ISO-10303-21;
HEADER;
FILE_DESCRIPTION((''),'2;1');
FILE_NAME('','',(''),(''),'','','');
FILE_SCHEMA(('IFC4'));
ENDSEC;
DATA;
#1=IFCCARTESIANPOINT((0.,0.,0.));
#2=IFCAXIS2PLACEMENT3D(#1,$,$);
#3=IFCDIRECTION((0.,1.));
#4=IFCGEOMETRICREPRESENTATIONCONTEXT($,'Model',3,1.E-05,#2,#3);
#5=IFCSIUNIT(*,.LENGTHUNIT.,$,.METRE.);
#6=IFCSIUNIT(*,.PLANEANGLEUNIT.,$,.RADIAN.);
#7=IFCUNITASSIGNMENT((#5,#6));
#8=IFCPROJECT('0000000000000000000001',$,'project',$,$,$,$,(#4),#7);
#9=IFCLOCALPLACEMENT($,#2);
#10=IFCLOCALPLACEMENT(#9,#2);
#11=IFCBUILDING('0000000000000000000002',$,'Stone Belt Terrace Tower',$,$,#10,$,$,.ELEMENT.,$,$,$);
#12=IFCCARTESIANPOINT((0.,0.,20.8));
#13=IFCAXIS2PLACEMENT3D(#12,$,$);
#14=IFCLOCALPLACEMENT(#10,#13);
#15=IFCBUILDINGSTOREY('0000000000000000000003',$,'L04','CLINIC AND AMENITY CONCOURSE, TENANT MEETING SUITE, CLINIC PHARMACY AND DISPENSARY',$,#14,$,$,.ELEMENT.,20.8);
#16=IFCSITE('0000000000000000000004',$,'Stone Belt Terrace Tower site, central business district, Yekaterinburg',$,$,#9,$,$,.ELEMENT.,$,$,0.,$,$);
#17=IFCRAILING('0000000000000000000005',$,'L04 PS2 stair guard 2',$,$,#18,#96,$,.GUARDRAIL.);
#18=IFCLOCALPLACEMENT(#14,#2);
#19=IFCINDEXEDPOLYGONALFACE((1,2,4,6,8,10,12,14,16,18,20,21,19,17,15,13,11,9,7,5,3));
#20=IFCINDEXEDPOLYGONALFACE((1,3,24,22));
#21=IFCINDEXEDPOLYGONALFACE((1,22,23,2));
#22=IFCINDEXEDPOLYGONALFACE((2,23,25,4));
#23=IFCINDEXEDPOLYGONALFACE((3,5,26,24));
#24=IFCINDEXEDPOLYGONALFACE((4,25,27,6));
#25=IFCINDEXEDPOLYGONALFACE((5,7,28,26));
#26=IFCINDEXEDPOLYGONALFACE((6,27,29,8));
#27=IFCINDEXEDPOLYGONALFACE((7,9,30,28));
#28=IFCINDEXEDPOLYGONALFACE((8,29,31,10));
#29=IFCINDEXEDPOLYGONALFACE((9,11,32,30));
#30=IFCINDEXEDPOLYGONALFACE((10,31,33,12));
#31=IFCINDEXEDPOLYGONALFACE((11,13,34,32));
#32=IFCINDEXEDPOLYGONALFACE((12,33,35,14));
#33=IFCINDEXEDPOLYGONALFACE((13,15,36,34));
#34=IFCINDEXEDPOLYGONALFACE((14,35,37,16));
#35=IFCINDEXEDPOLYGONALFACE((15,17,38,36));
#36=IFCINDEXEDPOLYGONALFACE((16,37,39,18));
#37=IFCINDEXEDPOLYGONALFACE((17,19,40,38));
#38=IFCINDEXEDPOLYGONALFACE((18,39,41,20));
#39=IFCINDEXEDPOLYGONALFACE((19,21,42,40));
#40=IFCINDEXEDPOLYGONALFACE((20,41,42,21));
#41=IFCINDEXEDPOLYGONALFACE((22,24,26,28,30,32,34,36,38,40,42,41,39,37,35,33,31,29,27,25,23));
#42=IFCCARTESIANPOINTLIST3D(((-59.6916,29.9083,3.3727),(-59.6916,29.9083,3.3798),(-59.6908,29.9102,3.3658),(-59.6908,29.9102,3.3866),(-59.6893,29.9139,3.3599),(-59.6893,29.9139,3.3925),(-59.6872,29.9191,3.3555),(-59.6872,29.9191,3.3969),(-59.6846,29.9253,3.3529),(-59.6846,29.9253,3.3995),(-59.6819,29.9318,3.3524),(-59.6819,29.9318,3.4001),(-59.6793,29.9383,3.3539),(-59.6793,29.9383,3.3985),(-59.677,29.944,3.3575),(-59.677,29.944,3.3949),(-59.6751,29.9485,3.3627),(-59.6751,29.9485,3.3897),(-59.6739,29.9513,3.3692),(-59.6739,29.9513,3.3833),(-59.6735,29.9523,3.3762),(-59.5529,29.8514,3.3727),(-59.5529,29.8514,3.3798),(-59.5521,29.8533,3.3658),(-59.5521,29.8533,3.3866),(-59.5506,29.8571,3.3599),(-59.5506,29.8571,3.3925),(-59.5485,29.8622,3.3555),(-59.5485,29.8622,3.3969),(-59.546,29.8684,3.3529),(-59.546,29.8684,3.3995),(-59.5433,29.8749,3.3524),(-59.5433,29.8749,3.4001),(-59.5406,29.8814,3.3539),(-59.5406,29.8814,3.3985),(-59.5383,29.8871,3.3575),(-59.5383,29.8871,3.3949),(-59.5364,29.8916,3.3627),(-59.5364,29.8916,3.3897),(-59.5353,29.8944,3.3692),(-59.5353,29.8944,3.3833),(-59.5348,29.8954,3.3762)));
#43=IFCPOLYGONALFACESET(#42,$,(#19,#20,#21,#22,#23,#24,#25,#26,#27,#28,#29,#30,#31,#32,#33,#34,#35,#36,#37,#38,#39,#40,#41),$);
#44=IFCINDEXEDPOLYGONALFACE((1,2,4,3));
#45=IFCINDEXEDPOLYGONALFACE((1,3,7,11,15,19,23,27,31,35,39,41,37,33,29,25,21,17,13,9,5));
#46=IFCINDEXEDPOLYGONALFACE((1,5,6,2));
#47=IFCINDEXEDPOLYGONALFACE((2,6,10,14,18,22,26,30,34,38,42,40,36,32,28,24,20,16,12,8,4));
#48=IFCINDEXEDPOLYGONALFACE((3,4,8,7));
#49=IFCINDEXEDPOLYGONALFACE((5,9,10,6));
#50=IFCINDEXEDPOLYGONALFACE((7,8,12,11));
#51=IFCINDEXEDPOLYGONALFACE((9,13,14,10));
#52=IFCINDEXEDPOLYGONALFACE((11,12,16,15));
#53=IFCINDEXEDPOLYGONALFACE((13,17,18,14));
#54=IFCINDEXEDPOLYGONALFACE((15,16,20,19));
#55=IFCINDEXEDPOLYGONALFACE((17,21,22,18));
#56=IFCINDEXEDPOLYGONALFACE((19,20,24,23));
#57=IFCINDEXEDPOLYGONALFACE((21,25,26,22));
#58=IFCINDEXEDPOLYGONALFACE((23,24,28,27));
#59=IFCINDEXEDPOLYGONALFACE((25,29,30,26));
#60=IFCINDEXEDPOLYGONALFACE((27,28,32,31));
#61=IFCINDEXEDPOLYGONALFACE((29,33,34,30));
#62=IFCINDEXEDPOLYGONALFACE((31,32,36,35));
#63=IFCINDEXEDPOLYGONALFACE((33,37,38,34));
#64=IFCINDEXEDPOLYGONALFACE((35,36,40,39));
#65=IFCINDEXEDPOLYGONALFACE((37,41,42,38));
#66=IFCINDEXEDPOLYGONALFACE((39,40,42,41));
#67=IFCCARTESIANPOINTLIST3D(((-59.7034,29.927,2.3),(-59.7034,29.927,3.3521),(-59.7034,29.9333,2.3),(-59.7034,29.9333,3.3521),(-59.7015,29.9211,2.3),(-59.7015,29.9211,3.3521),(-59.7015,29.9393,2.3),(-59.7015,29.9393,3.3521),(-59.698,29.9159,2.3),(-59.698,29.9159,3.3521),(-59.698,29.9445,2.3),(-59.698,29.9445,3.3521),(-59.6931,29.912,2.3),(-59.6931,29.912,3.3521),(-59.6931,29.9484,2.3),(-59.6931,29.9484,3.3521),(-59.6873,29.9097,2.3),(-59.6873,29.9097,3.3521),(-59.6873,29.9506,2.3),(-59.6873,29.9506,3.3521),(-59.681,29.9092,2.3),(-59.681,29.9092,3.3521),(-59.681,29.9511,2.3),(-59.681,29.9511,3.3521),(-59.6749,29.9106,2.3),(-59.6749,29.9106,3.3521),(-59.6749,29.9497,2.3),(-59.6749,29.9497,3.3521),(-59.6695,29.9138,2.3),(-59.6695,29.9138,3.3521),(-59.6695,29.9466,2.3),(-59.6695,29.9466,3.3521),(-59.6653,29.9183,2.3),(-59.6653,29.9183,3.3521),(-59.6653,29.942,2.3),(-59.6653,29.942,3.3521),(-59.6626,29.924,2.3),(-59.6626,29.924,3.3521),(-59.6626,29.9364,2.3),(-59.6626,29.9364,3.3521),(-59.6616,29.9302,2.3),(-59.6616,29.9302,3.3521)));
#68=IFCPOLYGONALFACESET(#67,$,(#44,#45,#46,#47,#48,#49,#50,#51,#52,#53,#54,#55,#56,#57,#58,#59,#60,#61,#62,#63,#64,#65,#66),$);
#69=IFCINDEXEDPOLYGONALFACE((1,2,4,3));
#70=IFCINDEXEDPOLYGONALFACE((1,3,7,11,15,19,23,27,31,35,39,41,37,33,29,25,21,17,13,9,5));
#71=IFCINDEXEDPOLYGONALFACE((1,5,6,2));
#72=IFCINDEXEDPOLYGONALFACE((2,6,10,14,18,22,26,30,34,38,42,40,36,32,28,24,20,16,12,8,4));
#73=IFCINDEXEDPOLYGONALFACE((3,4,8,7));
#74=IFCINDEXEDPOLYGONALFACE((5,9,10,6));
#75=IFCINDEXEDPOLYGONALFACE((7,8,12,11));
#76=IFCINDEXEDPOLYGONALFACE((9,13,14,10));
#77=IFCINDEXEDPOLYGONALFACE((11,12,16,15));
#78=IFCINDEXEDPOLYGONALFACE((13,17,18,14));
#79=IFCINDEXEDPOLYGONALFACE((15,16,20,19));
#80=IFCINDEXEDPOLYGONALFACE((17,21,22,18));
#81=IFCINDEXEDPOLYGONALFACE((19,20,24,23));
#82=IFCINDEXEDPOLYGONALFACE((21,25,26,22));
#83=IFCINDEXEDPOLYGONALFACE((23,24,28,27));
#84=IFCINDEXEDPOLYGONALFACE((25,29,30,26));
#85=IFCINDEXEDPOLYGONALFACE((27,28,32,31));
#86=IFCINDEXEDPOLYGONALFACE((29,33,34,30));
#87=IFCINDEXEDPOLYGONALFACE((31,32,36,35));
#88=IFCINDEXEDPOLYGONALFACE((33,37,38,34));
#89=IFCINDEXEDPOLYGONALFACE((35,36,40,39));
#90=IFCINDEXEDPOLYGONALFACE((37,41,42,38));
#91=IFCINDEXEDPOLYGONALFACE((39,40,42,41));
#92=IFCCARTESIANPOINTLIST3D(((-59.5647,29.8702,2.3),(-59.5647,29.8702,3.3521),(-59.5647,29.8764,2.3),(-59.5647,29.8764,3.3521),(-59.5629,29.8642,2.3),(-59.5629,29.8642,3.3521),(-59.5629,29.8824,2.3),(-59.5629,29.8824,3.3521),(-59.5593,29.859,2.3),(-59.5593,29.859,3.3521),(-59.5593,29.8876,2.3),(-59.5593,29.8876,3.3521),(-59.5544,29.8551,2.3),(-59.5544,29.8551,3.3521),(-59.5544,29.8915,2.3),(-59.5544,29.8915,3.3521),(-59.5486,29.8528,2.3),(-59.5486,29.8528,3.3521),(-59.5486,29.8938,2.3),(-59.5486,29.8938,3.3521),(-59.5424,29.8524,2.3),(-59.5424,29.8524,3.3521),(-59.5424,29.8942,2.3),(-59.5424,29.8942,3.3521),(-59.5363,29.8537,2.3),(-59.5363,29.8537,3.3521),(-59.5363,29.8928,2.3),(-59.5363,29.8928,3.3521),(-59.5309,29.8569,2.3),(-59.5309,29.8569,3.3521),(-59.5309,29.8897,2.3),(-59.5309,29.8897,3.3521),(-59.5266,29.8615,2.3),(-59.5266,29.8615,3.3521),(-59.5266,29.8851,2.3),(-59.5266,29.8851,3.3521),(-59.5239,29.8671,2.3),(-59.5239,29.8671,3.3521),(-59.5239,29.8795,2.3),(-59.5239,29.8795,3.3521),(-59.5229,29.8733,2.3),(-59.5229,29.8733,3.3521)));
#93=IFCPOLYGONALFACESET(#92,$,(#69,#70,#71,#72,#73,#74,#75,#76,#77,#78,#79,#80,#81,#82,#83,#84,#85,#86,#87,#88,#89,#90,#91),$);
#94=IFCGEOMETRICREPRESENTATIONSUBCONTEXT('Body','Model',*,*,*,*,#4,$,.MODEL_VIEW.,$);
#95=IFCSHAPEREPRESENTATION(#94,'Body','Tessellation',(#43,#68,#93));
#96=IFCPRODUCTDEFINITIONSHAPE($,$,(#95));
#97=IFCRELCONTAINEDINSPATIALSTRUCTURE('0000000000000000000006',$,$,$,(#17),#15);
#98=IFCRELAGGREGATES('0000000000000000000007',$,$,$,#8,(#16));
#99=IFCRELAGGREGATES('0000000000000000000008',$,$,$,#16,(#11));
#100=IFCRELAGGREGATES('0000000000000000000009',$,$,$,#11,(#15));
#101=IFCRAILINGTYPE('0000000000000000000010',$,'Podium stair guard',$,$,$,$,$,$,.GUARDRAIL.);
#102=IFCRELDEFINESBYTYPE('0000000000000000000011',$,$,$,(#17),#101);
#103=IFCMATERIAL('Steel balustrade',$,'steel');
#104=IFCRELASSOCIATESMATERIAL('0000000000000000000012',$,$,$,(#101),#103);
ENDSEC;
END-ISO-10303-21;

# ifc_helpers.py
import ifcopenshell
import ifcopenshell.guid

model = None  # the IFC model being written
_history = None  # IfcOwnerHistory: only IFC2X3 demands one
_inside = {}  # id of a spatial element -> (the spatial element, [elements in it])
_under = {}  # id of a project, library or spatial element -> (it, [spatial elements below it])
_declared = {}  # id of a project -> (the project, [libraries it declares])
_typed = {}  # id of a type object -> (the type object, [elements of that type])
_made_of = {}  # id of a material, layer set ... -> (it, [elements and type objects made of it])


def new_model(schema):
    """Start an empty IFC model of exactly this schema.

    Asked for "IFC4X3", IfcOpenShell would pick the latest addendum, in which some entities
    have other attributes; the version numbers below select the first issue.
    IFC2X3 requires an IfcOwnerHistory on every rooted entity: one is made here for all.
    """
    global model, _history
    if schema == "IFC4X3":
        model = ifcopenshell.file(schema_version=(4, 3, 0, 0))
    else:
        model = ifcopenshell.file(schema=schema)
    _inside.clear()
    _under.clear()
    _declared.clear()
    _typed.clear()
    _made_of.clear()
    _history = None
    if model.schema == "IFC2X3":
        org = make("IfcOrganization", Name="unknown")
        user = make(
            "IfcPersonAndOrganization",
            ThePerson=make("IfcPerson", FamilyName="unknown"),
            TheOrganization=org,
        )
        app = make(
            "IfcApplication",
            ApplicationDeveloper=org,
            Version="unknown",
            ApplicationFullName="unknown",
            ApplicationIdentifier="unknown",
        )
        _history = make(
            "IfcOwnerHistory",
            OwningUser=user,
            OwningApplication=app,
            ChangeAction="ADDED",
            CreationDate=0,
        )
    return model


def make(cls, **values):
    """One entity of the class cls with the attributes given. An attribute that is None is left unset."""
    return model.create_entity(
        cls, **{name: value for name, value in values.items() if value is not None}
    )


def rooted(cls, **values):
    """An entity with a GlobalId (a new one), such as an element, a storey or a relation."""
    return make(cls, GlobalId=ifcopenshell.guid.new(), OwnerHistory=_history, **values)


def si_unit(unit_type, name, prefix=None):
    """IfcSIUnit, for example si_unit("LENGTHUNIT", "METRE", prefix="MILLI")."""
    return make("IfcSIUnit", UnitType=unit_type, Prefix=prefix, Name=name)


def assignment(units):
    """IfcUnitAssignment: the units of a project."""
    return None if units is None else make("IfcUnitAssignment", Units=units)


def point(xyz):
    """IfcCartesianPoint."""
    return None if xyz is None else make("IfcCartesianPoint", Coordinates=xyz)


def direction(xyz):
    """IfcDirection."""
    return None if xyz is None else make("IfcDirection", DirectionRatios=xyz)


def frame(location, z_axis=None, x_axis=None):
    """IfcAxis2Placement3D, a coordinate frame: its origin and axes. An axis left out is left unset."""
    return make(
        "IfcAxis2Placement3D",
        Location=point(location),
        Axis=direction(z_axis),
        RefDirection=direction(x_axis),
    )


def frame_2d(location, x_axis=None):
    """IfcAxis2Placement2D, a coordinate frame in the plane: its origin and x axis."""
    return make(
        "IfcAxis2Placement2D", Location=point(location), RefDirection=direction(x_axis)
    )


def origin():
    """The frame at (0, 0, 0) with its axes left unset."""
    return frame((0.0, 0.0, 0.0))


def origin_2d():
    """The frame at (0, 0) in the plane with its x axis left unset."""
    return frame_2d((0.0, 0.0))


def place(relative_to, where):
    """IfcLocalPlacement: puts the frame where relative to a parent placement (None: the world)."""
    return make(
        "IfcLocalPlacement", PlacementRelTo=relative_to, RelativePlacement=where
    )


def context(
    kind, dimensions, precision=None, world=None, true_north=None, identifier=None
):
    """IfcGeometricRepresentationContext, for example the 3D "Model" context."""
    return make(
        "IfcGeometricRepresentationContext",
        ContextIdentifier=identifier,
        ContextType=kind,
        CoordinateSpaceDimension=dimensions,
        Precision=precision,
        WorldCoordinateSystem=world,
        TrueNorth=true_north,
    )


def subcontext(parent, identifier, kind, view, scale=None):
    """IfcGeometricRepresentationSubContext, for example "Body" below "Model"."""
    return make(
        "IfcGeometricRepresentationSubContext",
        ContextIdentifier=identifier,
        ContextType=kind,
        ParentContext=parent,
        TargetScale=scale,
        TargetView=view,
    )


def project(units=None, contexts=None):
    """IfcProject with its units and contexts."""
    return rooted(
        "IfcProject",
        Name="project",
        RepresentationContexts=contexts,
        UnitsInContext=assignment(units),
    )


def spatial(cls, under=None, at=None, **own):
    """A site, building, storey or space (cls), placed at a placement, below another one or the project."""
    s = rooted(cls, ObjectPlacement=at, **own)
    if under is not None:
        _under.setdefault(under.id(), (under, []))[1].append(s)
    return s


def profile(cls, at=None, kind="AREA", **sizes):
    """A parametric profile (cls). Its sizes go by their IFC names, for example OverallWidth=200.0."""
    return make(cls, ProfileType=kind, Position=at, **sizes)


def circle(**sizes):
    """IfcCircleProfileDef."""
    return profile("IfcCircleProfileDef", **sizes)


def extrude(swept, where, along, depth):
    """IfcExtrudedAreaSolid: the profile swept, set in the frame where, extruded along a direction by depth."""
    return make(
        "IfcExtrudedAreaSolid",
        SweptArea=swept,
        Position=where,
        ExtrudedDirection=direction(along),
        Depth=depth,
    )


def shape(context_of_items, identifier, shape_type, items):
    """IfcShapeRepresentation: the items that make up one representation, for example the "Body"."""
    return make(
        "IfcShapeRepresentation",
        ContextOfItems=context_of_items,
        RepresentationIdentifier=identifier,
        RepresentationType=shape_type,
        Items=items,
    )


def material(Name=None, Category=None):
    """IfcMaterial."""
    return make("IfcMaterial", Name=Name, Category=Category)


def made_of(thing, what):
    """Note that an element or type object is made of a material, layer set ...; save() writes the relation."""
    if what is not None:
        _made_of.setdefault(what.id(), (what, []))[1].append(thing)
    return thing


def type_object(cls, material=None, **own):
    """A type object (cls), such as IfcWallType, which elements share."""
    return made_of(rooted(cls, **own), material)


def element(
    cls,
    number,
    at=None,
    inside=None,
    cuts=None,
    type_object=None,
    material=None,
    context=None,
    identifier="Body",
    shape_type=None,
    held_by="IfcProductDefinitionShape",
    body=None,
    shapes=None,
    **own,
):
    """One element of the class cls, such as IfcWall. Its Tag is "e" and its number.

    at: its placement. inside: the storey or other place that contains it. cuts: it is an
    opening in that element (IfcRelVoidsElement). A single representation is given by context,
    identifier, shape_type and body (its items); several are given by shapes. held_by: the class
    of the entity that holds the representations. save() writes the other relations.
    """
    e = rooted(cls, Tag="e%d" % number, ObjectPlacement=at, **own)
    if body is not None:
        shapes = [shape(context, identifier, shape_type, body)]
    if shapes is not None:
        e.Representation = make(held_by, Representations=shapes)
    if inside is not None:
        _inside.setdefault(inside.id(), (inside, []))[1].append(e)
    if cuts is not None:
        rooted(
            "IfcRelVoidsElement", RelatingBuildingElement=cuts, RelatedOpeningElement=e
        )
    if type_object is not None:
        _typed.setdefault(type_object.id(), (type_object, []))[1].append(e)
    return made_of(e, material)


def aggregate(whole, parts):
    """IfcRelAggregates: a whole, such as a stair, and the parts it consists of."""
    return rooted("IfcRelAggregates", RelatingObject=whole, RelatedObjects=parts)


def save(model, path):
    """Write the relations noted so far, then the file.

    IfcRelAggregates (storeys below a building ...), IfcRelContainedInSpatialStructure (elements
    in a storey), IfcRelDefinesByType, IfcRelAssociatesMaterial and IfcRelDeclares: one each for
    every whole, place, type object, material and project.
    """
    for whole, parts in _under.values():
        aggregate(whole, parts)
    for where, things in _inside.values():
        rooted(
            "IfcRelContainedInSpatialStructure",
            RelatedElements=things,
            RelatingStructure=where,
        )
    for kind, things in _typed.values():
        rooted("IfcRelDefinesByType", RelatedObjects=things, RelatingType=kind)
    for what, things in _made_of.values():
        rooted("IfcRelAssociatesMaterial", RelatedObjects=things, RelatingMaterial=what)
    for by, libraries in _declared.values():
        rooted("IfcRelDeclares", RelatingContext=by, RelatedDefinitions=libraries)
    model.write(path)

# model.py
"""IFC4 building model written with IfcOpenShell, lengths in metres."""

from ifc_helpers import new_model, si_unit, direction, frame, origin, origin_2d, place, context, subcontext, project, spatial, circle, extrude, material, type_object, element, save


model = new_model("IFC4")

# Units and contexts
model_context = context("Model", 3, precision=1e-05, world=origin(), true_north=direction((0.0, 1.0)))
body_context = subcontext(model_context, "Body", "Model", "MODEL_VIEW")
ifc_project = project(units=[si_unit("LENGTHUNIT", "METRE"), si_unit("PLANEANGLEUNIT", "RADIAN")], contexts=[model_context])

# Site, building, storey
site_placement = place(None, origin())
site = spatial("IfcSite", under=ifc_project, at=site_placement, Name="Stone Belt Terrace Tower site, central business district, Yekaterinburg", CompositionType="ELEMENT", RefElevation=0.0)
building_placement = place(site_placement, origin())
building = spatial("IfcBuilding", under=site, at=building_placement, Name="Stone Belt Terrace Tower", CompositionType="ELEMENT")
storey_placement = place(building_placement, frame((0.0, 0.0, 20.8)))
storey = spatial("IfcBuildingStorey", under=building, at=storey_placement, Name="L04", Description="CLINIC AND AMENITY CONCOURSE, TENANT MEETING SUITE, CLINIC PHARMACY AND DISPENSARY", CompositionType="ELEMENT", Elevation=20.8)

# Railing
ifc_material_1 = material(Name="Steel balustrade", Category="steel")
railing_type_1 = type_object("IfcRailingType", Name="Podium stair guard", PredefinedType="GUARDRAIL", material=ifc_material_1)
railing_1_placement = place(storey_placement, frame((-59.6826, 29.9302, 2.3)))
element("IfcRailing", 1, at=railing_1_placement, inside=storey, type_object=railing_type_1, Name="L04 PS2 stair guard 2", PredefinedType="GUARDRAIL", context=body_context, shape_type="SweptSolid", body=[
    extrude(circle(Radius=0.0239, at=origin_2d()), frame((0.0, 0.0, 1.0762), z_axis=(0.925183, -0.379521, 0.0), x_axis=(0.379521, 0.925183, 0.0)), (0.0, 0.0, 1.0), 0.1499),
    extrude(circle(Radius=0.021, at=origin_2d()), origin(), (0.0, 0.0, 1.0), 1.052),
    extrude(circle(Radius=0.021, at=origin_2d()), frame((0.1387, -0.0569, 0.0)), (0.0, 0.0, 1.0), 1.052),
])

save(model, "model.ifc")
